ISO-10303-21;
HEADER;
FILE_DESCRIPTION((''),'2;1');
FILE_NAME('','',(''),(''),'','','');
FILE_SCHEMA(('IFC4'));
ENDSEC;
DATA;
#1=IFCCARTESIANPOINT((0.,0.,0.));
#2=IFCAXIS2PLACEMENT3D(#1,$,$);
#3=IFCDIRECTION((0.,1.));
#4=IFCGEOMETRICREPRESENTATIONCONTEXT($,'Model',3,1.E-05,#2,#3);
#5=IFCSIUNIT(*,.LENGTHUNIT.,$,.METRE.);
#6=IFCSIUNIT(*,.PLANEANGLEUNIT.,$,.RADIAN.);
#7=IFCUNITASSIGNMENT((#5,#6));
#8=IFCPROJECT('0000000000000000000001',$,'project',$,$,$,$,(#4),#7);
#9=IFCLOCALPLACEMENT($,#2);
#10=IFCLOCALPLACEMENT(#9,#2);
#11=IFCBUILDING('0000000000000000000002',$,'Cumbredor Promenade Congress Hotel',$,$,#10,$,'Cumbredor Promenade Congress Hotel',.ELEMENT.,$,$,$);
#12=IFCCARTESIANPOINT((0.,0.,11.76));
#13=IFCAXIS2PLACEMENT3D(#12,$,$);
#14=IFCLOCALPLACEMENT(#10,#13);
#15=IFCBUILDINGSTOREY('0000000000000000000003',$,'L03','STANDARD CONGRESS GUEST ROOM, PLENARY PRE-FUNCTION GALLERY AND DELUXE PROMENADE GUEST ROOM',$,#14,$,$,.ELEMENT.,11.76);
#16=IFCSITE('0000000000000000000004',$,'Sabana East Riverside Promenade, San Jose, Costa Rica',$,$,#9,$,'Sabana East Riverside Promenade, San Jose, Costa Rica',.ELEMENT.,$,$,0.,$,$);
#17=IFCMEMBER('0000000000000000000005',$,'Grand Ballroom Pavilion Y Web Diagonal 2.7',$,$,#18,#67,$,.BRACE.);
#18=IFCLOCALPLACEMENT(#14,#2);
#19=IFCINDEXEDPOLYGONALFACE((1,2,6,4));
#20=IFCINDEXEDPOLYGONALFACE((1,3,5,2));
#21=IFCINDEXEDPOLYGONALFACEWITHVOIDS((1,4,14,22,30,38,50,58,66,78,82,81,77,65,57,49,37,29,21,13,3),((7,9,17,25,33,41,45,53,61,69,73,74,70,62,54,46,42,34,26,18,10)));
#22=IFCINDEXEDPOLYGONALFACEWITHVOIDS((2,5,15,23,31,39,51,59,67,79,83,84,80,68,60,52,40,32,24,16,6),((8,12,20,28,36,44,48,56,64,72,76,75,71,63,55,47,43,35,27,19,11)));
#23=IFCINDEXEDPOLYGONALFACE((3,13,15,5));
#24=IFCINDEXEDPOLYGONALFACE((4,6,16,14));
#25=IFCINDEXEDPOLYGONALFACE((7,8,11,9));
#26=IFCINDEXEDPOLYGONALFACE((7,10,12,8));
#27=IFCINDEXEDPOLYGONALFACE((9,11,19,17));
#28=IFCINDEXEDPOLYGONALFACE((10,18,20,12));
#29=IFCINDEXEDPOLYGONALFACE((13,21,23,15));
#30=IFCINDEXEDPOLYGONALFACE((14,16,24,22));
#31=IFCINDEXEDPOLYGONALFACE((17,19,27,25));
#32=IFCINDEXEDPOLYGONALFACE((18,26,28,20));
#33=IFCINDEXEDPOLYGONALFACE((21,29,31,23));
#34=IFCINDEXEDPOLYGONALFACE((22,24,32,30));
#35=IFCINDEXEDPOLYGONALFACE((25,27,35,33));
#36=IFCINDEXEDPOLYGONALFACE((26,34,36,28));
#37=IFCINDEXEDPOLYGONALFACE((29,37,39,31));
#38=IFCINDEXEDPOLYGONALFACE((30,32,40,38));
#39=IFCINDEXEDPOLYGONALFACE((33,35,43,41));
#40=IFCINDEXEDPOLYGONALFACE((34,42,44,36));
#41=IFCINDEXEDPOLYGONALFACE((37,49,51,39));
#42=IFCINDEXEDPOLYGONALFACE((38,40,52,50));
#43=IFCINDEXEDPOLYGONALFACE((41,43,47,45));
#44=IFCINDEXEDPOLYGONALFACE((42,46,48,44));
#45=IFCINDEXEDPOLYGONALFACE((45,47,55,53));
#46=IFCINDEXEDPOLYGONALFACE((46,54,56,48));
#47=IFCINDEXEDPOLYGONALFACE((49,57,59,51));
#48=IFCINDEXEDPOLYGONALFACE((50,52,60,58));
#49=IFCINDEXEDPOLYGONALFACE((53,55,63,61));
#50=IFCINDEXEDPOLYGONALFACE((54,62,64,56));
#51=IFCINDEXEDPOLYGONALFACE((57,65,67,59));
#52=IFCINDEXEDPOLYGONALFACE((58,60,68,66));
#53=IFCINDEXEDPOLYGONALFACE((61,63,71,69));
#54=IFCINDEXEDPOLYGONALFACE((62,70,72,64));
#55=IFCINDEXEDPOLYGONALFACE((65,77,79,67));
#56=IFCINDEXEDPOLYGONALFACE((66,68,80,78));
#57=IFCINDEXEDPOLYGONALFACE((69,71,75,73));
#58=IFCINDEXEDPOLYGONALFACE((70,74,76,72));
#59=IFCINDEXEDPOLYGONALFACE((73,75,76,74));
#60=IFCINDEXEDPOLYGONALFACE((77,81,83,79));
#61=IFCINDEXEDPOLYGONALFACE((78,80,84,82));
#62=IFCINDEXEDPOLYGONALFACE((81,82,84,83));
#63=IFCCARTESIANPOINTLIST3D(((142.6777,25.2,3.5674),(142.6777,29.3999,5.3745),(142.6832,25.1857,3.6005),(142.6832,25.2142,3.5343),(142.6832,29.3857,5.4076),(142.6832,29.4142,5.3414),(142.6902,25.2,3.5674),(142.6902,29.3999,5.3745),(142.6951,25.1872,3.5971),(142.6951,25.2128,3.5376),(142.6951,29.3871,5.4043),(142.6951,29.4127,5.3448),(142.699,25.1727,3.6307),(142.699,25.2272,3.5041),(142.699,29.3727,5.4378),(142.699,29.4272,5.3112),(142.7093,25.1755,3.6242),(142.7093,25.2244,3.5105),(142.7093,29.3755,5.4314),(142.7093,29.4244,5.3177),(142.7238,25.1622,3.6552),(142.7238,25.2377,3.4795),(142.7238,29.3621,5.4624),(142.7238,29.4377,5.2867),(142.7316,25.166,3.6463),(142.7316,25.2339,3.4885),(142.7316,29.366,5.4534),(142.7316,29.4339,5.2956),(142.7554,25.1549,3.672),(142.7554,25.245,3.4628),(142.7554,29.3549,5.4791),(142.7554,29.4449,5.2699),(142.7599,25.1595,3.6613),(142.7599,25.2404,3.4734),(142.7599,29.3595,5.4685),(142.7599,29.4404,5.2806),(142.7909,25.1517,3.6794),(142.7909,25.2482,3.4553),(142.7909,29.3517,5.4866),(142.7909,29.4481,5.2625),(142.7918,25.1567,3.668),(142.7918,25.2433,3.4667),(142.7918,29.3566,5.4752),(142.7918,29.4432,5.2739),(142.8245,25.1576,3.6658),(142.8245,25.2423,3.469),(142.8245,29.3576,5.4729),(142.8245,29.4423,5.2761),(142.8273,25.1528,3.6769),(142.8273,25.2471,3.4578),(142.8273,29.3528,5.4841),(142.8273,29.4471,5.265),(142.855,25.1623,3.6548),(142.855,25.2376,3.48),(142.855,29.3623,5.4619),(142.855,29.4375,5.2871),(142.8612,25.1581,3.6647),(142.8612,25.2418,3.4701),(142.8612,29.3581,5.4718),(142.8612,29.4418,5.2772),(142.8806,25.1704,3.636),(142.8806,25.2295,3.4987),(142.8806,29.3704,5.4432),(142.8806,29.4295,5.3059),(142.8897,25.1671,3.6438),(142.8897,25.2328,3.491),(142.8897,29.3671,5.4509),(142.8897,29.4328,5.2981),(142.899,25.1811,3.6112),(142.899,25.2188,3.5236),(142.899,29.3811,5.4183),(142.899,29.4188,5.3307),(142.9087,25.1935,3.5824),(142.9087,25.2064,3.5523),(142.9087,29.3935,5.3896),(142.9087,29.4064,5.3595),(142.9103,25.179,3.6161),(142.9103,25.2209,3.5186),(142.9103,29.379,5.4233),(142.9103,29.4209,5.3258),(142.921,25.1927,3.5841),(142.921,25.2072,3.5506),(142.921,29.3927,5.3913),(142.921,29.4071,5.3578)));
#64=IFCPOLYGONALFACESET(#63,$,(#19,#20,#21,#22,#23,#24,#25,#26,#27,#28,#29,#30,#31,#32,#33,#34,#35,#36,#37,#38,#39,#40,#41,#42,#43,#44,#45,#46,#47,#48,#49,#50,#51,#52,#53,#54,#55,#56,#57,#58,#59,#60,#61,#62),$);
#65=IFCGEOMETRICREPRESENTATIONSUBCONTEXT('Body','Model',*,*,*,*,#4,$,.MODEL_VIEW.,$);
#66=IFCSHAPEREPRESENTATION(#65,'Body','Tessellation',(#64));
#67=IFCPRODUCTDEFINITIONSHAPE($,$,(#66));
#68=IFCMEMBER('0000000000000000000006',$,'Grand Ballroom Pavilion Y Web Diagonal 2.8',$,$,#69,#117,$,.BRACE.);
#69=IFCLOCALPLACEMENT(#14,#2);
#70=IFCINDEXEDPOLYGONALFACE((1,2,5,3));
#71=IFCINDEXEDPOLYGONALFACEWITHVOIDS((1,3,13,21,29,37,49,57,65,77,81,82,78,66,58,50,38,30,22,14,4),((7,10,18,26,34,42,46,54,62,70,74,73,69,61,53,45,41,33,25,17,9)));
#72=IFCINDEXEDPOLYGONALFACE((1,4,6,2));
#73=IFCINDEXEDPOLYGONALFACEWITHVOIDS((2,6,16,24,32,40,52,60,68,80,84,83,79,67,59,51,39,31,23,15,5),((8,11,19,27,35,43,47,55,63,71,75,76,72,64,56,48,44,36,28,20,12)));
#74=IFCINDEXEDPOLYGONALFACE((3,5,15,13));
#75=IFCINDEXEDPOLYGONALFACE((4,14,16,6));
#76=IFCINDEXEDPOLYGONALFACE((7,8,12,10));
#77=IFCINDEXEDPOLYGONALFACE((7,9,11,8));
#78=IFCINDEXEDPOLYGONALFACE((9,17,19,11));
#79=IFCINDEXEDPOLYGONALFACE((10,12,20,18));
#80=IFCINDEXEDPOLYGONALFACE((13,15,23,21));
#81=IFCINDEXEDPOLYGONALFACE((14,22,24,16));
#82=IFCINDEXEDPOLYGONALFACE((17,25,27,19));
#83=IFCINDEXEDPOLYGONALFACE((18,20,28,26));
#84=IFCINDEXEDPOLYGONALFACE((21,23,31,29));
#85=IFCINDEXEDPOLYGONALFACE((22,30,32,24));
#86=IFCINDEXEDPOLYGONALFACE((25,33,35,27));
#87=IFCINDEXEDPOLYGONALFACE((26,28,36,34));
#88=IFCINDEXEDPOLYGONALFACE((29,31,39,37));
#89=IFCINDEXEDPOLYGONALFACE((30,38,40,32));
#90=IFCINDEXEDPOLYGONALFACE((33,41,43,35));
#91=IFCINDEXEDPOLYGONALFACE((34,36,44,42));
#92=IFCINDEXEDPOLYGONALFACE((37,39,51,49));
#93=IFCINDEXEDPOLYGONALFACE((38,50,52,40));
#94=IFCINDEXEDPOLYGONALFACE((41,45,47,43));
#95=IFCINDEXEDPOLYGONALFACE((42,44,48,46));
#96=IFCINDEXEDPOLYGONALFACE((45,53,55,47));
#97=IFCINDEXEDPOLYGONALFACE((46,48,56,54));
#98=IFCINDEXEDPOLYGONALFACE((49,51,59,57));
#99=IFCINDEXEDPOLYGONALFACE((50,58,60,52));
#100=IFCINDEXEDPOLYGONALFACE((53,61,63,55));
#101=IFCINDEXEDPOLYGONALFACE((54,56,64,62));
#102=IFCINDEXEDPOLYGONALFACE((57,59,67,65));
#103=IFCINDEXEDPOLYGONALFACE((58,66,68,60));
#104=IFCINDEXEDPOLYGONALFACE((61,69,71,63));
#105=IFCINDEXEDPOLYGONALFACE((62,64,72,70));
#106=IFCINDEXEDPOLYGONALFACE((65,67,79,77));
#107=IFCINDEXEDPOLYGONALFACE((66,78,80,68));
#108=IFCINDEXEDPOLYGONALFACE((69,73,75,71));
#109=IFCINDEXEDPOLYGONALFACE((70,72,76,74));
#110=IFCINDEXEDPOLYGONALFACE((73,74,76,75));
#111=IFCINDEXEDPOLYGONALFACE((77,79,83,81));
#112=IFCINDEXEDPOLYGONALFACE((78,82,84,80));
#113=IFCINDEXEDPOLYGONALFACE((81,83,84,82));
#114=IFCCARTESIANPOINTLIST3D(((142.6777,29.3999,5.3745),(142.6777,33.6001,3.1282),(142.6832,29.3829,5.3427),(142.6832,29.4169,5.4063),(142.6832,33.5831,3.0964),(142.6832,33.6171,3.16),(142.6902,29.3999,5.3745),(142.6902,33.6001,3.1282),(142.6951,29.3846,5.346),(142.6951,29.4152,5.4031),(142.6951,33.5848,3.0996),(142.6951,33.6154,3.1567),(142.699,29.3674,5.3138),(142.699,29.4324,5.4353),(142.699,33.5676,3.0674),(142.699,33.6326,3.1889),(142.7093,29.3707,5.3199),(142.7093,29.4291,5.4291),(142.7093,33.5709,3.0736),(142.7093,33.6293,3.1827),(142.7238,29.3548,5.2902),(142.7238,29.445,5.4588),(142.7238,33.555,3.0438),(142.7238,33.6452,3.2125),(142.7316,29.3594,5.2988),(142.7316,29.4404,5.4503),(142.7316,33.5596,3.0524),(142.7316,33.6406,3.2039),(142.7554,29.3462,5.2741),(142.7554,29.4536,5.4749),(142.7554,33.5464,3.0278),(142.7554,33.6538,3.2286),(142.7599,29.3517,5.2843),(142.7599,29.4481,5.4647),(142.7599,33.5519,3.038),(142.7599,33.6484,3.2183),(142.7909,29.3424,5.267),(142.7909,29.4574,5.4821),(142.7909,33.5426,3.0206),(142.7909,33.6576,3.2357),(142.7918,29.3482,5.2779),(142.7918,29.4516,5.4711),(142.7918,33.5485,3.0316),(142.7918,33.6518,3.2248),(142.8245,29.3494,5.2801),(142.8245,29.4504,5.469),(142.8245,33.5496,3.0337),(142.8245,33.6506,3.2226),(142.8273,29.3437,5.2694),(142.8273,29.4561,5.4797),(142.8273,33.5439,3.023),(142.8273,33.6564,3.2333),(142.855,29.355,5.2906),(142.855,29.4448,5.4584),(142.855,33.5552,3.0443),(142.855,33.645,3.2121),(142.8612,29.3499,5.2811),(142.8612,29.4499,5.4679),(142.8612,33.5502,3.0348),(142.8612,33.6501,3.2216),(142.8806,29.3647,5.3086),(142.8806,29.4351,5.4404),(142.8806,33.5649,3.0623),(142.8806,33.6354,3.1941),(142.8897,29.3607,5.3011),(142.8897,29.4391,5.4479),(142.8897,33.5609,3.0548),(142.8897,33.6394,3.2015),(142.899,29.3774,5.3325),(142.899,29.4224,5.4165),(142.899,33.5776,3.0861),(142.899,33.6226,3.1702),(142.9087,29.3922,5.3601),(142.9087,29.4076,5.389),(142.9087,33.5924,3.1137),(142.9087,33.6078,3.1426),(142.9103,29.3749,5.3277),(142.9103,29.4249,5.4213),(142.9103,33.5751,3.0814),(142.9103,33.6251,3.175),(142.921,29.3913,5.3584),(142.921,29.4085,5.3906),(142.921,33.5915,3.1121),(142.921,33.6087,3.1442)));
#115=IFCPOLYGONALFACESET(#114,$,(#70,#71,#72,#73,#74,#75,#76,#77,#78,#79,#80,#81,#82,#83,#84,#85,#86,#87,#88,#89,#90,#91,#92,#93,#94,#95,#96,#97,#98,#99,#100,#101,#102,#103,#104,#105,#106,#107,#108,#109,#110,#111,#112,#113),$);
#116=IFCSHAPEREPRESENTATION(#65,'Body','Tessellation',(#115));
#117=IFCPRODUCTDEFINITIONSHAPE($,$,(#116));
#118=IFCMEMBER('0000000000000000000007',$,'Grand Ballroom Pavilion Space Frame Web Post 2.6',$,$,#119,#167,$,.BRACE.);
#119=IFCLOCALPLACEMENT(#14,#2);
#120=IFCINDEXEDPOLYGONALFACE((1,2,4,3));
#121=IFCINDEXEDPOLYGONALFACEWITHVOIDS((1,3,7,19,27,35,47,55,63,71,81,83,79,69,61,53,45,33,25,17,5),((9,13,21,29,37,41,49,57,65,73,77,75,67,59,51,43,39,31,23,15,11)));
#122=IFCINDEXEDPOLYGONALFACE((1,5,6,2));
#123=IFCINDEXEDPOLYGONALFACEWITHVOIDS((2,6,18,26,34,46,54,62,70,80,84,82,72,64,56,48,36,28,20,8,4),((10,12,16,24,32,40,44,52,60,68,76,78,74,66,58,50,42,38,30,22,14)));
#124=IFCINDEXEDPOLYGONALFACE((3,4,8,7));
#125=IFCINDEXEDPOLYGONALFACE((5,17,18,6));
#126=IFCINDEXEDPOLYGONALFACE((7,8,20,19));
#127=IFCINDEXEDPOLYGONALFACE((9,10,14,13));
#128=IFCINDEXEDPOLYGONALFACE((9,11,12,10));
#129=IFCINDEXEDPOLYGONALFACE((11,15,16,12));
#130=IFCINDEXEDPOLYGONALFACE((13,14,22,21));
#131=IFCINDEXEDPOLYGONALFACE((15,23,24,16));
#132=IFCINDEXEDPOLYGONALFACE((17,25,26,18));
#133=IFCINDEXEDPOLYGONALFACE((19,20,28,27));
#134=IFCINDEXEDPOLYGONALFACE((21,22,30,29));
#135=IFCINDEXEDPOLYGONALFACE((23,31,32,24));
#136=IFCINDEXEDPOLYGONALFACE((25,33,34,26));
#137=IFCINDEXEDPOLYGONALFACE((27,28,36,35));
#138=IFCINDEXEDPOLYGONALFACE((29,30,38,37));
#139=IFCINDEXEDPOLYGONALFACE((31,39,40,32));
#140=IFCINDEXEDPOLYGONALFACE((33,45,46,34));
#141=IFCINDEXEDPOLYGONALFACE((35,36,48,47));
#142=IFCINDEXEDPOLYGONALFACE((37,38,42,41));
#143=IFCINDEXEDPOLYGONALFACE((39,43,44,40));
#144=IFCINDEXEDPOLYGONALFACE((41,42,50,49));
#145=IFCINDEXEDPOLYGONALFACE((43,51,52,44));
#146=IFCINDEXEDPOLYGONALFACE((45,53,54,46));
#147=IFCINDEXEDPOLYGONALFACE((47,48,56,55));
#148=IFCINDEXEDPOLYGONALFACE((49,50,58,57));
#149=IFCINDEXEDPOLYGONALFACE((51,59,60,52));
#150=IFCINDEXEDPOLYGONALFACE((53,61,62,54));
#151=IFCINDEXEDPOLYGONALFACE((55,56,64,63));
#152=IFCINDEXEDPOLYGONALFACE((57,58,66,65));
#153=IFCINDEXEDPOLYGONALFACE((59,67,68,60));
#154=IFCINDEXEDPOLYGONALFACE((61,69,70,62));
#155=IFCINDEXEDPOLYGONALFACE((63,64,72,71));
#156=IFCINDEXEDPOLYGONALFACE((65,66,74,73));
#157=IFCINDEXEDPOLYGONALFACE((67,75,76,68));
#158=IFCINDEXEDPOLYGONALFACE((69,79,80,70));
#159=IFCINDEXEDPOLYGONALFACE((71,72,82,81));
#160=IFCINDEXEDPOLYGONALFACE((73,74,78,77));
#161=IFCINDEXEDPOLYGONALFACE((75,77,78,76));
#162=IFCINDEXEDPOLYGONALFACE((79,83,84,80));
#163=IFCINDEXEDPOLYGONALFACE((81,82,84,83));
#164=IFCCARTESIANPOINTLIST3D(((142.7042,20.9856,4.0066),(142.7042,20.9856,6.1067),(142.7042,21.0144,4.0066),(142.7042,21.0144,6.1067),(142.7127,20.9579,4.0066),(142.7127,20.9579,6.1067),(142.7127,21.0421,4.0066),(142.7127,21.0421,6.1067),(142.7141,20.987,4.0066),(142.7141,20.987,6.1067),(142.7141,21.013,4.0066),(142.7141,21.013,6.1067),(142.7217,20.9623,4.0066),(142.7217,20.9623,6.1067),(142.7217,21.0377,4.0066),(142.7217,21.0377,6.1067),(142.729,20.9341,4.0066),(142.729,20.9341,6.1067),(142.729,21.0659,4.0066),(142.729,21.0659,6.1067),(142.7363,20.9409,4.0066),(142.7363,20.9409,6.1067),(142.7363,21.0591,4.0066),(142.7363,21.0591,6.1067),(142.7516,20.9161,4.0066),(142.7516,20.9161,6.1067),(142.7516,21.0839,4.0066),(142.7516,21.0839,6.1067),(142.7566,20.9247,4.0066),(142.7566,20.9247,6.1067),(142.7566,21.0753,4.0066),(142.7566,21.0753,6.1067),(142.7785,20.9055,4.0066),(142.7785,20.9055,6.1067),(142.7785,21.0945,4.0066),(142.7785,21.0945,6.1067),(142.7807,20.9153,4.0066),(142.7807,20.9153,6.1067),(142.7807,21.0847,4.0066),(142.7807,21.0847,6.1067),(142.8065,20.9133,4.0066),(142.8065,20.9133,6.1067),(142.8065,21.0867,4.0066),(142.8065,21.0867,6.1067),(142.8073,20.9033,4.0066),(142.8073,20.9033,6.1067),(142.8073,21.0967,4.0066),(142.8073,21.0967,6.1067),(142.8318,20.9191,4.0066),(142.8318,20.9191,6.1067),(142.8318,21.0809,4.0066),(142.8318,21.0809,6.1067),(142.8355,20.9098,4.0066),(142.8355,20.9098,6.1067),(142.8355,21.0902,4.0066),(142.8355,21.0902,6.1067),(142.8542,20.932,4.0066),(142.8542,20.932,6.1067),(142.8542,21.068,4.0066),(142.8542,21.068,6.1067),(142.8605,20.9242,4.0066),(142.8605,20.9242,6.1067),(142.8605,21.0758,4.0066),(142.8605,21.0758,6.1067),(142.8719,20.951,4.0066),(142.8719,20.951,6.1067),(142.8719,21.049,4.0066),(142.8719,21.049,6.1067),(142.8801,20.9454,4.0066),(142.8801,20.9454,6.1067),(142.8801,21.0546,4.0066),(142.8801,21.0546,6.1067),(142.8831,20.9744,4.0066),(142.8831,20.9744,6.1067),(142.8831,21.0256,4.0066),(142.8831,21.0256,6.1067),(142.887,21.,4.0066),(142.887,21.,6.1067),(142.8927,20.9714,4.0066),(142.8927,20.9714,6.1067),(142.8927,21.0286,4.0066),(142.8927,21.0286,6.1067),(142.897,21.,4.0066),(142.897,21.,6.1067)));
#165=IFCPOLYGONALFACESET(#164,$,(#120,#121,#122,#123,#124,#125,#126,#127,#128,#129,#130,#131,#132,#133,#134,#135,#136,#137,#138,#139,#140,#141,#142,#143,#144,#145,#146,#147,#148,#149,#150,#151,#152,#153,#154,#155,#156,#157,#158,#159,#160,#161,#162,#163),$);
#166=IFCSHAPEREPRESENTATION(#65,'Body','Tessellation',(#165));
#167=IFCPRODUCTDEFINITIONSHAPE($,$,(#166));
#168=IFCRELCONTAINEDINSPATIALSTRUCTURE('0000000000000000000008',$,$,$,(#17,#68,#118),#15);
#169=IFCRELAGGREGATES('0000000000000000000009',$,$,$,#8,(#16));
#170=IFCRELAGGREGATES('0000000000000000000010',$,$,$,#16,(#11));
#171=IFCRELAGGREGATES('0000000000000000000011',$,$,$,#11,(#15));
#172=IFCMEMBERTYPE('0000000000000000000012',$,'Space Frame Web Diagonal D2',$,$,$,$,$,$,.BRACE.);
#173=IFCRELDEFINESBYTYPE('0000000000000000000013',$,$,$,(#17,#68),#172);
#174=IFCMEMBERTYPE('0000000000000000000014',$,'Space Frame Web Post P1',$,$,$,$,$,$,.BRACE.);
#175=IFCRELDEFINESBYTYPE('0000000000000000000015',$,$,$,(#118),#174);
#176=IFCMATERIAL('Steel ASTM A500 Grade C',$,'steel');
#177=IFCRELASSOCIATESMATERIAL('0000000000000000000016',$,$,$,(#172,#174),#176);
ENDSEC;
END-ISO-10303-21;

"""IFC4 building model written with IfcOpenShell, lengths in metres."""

from ifc_helpers import new_model, si_unit, direction, frame, origin, origin_2d, place, context, subcontext, project, spatial, hollow_circle, extrude, material, material_profile, profile_set, type_object, element, save


model = new_model("IFC4")

# Units and contexts
model_context = context("Model", 3, precision=1e-05, world=origin(), true_north=direction((0.0, 1.0)))
body_context = subcontext(model_context, "Body", "Model", "MODEL_VIEW")
ifc_project = project(units=[si_unit("LENGTHUNIT", "METRE"), si_unit("PLANEANGLEUNIT", "RADIAN")], contexts=[model_context])

# Site, building, storey
site_placement = place(None, origin())
site = spatial("IfcSite", under=ifc_project, at=site_placement, Name="Sabana East Riverside Promenade, San Jose, Costa Rica", LongName="Sabana East Riverside Promenade, San Jose, Costa Rica", CompositionType="ELEMENT", RefElevation=0.0)
building_placement = place(site_placement, origin())
building = spatial("IfcBuilding", under=site, at=building_placement, Name="Cumbredor Promenade Congress Hotel", LongName="Cumbredor Promenade Congress Hotel", CompositionType="ELEMENT")
storey_placement = place(building_placement, frame((0.0, 0.0, 11.76)))
storey = spatial("IfcBuildingStorey", under=building, at=storey_placement, Name="L03", Description="STANDARD CONGRESS GUEST ROOM, PLENARY PRE-FUNCTION GALLERY AND DELUXE PROMENADE GUEST ROOM", CompositionType="ELEMENT", Elevation=11.76)

# Shared definitions
ifc_material_1 = material(Name="Steel ASTM A500 Grade C", Category="steel")

# Members
ifc_material_profile_1 = material_profile(ifc_material_1, hollow_circle(Radius=0.1223, WallThickness=0.0125, at=origin_2d()), Name="CHS 244.5x12.5")
ifc_profile_set_1 = profile_set([ifc_material_profile_1], Name="Steel ASTM A500 Grade C")
member_type_1 = type_object("IfcMemberType", Name="Space Frame Web Diagonal D2", PredefinedType="BRACE", material=ifc_profile_set_1)
member_1_placement = place(storey_placement, frame((142.8, 25.2, 3.5674), z_axis=(0.0, 0.918578, 0.39524), x_axis=(-1.0, 0.0, 0.0)))
element("IfcMember", 1, at=member_1_placement, inside=storey, type_object=member_type_1, Name="Grand Ballroom Pavilion Y Web Diagonal 2.7", PredefinedType="BRACE", context=body_context, shape_type="SweptSolid", body=[
    extrude(hollow_circle(Radius=0.1223, WallThickness=0.0125, at=origin_2d()), origin(), (0.0, 0.0, 1.0), 4.5723),
])
member_2_placement = place(storey_placement, frame((142.8, 29.3999, 5.3745), z_axis=(0.0, 0.881809, -0.471607), x_axis=(-1.0, 0.0, 0.0)))
element("IfcMember", 2, at=member_2_placement, inside=storey, type_object=member_type_1, Name="Grand Ballroom Pavilion Y Web Diagonal 2.8", PredefinedType="BRACE", context=body_context, shape_type="SweptSolid", body=[
    extrude(hollow_circle(Radius=0.1223, WallThickness=0.0125, at=origin_2d()), origin(), (0.0, 0.0, 1.0), 4.7632),
])
ifc_material_profile_2 = material_profile(ifc_material_1, hollow_circle(Radius=0.0969, WallThickness=0.01, at=origin_2d()), Name="CHS 193.7x10")
ifc_profile_set_2 = profile_set([ifc_material_profile_2], Name="Steel ASTM A500 Grade C")
member_type_2 = type_object("IfcMemberType", Name="Space Frame Web Post P1", PredefinedType="BRACE", material=ifc_profile_set_2)
for number, where, z_axis, x_axis, name in (
    (3, (142.8, 21.0, 4.0066), (0.0, 0.0, 1.0), (1.0, 0.0, 0.0), "Grand Ballroom Pavilion Space Frame Web Post 2.6"),
):
    element("IfcMember", number, at=place(storey_placement, frame(where, z_axis=z_axis, x_axis=x_axis)), inside=storey, type_object=member_type_2, Name=name, PredefinedType="BRACE", context=body_context, shape_type="SweptSolid", body=[
        extrude(hollow_circle(Radius=0.0969, WallThickness=0.01, at=origin_2d()), origin(), (0.0, 0.0, 1.0), 2.1001),
    ])

save(model, "model.ifc")
